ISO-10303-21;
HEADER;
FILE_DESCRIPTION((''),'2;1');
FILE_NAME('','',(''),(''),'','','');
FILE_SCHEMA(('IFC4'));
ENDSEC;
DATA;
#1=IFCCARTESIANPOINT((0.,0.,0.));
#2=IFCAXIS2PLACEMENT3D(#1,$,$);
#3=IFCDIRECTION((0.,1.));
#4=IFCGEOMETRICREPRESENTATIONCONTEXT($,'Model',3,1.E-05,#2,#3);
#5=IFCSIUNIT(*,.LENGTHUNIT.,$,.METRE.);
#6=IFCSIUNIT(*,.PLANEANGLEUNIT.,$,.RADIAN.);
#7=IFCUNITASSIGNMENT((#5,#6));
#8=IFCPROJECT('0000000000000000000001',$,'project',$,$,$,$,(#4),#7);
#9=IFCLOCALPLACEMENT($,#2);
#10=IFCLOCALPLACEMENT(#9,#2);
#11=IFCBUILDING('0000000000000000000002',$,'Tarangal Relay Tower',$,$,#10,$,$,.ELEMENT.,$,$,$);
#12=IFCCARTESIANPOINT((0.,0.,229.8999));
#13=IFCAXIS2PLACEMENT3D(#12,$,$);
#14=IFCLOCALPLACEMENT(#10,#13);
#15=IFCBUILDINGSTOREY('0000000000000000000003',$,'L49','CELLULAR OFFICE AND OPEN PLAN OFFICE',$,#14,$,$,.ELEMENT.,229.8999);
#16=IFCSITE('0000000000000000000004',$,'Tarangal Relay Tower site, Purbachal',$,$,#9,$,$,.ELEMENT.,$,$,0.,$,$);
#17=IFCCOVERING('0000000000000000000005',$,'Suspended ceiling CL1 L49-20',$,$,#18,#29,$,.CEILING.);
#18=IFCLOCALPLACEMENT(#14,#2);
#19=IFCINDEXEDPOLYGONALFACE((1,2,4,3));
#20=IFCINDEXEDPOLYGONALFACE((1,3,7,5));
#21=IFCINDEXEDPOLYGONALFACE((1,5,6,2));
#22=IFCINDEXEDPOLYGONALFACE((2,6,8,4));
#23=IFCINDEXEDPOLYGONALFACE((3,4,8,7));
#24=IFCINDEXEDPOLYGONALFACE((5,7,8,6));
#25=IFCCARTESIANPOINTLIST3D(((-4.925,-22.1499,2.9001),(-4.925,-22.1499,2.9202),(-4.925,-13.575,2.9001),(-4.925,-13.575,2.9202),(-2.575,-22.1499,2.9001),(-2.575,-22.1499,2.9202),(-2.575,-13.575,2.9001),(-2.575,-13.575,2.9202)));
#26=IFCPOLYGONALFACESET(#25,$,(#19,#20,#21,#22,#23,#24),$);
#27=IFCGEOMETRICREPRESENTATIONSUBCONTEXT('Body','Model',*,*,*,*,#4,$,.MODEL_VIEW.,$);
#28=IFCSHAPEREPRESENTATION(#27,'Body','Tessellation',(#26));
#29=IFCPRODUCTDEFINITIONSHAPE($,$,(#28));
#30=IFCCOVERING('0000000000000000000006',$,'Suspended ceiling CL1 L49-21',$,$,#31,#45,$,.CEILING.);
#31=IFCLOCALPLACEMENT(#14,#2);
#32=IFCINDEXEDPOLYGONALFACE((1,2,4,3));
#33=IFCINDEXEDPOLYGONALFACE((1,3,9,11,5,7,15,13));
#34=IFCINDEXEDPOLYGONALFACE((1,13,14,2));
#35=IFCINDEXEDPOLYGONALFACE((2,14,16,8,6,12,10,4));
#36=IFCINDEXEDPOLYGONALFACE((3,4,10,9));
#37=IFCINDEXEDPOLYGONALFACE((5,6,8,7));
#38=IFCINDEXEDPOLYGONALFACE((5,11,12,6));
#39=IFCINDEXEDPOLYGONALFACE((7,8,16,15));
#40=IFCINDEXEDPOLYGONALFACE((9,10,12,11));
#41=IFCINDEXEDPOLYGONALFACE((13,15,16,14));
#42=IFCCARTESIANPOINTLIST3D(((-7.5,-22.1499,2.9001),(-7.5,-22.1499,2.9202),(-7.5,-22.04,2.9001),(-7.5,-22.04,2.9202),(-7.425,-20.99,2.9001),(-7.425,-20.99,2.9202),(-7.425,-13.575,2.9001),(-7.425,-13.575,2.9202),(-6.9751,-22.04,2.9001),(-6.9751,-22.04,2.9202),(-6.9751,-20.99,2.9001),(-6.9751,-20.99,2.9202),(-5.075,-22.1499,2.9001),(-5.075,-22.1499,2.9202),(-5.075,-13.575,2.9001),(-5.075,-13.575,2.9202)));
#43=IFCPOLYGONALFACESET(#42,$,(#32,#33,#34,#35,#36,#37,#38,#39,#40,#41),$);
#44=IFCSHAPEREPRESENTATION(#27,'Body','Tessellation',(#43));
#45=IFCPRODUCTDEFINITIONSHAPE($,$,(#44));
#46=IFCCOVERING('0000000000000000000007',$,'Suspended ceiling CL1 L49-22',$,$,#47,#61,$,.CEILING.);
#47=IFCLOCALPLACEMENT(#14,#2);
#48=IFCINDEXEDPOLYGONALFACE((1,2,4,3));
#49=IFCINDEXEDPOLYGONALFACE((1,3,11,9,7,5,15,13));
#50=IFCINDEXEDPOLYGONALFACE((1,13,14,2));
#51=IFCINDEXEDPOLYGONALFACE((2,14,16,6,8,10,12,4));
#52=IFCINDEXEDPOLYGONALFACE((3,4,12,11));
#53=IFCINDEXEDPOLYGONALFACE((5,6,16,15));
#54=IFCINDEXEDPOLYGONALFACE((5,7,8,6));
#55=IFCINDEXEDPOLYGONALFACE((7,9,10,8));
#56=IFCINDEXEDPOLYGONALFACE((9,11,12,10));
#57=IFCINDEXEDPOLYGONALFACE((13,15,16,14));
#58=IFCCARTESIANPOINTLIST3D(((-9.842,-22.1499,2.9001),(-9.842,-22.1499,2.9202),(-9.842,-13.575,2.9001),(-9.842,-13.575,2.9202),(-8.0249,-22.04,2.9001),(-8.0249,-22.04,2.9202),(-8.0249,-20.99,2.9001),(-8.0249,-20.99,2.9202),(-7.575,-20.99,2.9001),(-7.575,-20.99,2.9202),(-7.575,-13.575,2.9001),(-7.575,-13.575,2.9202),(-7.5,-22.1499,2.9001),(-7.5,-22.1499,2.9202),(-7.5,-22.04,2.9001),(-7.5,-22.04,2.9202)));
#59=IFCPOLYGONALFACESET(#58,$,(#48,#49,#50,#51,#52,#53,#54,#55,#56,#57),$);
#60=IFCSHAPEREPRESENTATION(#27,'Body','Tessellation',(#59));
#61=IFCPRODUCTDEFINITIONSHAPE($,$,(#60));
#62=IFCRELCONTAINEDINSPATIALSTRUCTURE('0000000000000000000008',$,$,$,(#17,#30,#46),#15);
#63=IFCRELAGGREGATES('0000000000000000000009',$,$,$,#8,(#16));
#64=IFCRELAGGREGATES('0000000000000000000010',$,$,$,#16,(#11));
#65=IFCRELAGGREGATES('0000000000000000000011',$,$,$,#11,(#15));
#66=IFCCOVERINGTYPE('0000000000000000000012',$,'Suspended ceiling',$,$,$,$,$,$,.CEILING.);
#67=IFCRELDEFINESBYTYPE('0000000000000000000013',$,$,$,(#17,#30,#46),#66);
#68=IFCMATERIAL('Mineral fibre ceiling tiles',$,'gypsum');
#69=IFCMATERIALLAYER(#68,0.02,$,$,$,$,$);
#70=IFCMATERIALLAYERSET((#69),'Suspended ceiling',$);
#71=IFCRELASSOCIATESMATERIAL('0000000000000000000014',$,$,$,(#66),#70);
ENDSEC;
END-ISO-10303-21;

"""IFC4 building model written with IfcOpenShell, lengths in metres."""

from ifc_helpers import new_model, si_unit, direction, frame, origin, place, context, subcontext, project, spatial, polyline, outline, extrude, material, layer, layer_set, type_object, element, save


model = new_model("IFC4")

# Units and contexts
model_context = context("Model", 3, precision=1e-05, world=origin(), true_north=direction((0.0, 1.0)))
body_context = subcontext(model_context, "Body", "Model", "MODEL_VIEW")
ifc_project = project(units=[si_unit("LENGTHUNIT", "METRE"), si_unit("PLANEANGLEUNIT", "RADIAN")], contexts=[model_context])

# Site, building, storey
site_placement = place(None, origin())
site = spatial("IfcSite", under=ifc_project, at=site_placement, Name="Tarangal Relay Tower site, Purbachal", CompositionType="ELEMENT", RefElevation=0.0)
building_placement = place(site_placement, origin())
building = spatial("IfcBuilding", under=site, at=building_placement, Name="Tarangal Relay Tower", CompositionType="ELEMENT")
storey_placement = place(building_placement, frame((0.0, 0.0, 229.8999)))
storey = spatial("IfcBuildingStorey", under=building, at=storey_placement, Name="L49", Description="CELLULAR OFFICE AND OPEN PLAN OFFICE", CompositionType="ELEMENT", Elevation=229.8999)

# Coverings
ifc_material_1 = material(Name="Mineral fibre ceiling tiles", Category="gypsum")
ifc_layer_1 = layer(ifc_material_1, 0.02)
ifc_layer_set_1 = layer_set([ifc_layer_1], Name="Suspended ceiling")
covering_type_1 = type_object("IfcCoveringType", Name="Suspended ceiling", PredefinedType="CEILING", material=ifc_layer_set_1)
covering_1_placement = place(storey_placement, frame((0.0, 0.0, 2.9001)))
element("IfcCovering", 1, at=covering_1_placement, inside=storey, type_object=covering_type_1, Name="Suspended ceiling CL1 L49-20", PredefinedType="CEILING", context=body_context, shape_type="SweptSolid", body=[
    extrude(outline(polyline([(-2.575, -22.1499), (-2.575, -13.575), (-4.925, -13.575), (-4.925, -22.1499), (-2.575, -22.1499)])), origin(), (0.0, 0.0, 1.0), 0.02),
])
covering_2_placement = place(storey_placement, frame((0.0, 0.0, 2.9001)))
element("IfcCovering", 2, at=covering_2_placement, inside=storey, type_object=covering_type_1, Name="Suspended ceiling CL1 L49-21", PredefinedType="CEILING", context=body_context, shape_type="SweptSolid", body=[
    extrude(outline(polyline([(-7.5, -22.1499), (-5.075, -22.1499), (-5.075, -13.575), (-7.425, -13.575), (-7.425, -20.99), (-6.9751, -20.99), (-6.9751, -22.04), (-7.5, -22.04), (-7.5, -22.1499)])), origin(), (0.0, 0.0, 1.0), 0.02),
])
covering_3_placement = place(storey_placement, frame((0.0, 0.0, 2.9001)))
element("IfcCovering", 3, at=covering_3_placement, inside=storey, type_object=covering_type_1, Name="Suspended ceiling CL1 L49-22", PredefinedType="CEILING", context=body_context, shape_type="SweptSolid", body=[
    extrude(outline(polyline([(-9.842, -22.1499), (-7.5, -22.1499), (-7.5, -22.04), (-8.0249, -22.04), (-8.0249, -20.99), (-7.575, -20.99), (-7.575, -13.575), (-9.842, -13.575), (-9.842, -22.1499)])), origin(), (0.0, 0.0, 1.0), 0.02),
])

save(model, "model.ifc")
